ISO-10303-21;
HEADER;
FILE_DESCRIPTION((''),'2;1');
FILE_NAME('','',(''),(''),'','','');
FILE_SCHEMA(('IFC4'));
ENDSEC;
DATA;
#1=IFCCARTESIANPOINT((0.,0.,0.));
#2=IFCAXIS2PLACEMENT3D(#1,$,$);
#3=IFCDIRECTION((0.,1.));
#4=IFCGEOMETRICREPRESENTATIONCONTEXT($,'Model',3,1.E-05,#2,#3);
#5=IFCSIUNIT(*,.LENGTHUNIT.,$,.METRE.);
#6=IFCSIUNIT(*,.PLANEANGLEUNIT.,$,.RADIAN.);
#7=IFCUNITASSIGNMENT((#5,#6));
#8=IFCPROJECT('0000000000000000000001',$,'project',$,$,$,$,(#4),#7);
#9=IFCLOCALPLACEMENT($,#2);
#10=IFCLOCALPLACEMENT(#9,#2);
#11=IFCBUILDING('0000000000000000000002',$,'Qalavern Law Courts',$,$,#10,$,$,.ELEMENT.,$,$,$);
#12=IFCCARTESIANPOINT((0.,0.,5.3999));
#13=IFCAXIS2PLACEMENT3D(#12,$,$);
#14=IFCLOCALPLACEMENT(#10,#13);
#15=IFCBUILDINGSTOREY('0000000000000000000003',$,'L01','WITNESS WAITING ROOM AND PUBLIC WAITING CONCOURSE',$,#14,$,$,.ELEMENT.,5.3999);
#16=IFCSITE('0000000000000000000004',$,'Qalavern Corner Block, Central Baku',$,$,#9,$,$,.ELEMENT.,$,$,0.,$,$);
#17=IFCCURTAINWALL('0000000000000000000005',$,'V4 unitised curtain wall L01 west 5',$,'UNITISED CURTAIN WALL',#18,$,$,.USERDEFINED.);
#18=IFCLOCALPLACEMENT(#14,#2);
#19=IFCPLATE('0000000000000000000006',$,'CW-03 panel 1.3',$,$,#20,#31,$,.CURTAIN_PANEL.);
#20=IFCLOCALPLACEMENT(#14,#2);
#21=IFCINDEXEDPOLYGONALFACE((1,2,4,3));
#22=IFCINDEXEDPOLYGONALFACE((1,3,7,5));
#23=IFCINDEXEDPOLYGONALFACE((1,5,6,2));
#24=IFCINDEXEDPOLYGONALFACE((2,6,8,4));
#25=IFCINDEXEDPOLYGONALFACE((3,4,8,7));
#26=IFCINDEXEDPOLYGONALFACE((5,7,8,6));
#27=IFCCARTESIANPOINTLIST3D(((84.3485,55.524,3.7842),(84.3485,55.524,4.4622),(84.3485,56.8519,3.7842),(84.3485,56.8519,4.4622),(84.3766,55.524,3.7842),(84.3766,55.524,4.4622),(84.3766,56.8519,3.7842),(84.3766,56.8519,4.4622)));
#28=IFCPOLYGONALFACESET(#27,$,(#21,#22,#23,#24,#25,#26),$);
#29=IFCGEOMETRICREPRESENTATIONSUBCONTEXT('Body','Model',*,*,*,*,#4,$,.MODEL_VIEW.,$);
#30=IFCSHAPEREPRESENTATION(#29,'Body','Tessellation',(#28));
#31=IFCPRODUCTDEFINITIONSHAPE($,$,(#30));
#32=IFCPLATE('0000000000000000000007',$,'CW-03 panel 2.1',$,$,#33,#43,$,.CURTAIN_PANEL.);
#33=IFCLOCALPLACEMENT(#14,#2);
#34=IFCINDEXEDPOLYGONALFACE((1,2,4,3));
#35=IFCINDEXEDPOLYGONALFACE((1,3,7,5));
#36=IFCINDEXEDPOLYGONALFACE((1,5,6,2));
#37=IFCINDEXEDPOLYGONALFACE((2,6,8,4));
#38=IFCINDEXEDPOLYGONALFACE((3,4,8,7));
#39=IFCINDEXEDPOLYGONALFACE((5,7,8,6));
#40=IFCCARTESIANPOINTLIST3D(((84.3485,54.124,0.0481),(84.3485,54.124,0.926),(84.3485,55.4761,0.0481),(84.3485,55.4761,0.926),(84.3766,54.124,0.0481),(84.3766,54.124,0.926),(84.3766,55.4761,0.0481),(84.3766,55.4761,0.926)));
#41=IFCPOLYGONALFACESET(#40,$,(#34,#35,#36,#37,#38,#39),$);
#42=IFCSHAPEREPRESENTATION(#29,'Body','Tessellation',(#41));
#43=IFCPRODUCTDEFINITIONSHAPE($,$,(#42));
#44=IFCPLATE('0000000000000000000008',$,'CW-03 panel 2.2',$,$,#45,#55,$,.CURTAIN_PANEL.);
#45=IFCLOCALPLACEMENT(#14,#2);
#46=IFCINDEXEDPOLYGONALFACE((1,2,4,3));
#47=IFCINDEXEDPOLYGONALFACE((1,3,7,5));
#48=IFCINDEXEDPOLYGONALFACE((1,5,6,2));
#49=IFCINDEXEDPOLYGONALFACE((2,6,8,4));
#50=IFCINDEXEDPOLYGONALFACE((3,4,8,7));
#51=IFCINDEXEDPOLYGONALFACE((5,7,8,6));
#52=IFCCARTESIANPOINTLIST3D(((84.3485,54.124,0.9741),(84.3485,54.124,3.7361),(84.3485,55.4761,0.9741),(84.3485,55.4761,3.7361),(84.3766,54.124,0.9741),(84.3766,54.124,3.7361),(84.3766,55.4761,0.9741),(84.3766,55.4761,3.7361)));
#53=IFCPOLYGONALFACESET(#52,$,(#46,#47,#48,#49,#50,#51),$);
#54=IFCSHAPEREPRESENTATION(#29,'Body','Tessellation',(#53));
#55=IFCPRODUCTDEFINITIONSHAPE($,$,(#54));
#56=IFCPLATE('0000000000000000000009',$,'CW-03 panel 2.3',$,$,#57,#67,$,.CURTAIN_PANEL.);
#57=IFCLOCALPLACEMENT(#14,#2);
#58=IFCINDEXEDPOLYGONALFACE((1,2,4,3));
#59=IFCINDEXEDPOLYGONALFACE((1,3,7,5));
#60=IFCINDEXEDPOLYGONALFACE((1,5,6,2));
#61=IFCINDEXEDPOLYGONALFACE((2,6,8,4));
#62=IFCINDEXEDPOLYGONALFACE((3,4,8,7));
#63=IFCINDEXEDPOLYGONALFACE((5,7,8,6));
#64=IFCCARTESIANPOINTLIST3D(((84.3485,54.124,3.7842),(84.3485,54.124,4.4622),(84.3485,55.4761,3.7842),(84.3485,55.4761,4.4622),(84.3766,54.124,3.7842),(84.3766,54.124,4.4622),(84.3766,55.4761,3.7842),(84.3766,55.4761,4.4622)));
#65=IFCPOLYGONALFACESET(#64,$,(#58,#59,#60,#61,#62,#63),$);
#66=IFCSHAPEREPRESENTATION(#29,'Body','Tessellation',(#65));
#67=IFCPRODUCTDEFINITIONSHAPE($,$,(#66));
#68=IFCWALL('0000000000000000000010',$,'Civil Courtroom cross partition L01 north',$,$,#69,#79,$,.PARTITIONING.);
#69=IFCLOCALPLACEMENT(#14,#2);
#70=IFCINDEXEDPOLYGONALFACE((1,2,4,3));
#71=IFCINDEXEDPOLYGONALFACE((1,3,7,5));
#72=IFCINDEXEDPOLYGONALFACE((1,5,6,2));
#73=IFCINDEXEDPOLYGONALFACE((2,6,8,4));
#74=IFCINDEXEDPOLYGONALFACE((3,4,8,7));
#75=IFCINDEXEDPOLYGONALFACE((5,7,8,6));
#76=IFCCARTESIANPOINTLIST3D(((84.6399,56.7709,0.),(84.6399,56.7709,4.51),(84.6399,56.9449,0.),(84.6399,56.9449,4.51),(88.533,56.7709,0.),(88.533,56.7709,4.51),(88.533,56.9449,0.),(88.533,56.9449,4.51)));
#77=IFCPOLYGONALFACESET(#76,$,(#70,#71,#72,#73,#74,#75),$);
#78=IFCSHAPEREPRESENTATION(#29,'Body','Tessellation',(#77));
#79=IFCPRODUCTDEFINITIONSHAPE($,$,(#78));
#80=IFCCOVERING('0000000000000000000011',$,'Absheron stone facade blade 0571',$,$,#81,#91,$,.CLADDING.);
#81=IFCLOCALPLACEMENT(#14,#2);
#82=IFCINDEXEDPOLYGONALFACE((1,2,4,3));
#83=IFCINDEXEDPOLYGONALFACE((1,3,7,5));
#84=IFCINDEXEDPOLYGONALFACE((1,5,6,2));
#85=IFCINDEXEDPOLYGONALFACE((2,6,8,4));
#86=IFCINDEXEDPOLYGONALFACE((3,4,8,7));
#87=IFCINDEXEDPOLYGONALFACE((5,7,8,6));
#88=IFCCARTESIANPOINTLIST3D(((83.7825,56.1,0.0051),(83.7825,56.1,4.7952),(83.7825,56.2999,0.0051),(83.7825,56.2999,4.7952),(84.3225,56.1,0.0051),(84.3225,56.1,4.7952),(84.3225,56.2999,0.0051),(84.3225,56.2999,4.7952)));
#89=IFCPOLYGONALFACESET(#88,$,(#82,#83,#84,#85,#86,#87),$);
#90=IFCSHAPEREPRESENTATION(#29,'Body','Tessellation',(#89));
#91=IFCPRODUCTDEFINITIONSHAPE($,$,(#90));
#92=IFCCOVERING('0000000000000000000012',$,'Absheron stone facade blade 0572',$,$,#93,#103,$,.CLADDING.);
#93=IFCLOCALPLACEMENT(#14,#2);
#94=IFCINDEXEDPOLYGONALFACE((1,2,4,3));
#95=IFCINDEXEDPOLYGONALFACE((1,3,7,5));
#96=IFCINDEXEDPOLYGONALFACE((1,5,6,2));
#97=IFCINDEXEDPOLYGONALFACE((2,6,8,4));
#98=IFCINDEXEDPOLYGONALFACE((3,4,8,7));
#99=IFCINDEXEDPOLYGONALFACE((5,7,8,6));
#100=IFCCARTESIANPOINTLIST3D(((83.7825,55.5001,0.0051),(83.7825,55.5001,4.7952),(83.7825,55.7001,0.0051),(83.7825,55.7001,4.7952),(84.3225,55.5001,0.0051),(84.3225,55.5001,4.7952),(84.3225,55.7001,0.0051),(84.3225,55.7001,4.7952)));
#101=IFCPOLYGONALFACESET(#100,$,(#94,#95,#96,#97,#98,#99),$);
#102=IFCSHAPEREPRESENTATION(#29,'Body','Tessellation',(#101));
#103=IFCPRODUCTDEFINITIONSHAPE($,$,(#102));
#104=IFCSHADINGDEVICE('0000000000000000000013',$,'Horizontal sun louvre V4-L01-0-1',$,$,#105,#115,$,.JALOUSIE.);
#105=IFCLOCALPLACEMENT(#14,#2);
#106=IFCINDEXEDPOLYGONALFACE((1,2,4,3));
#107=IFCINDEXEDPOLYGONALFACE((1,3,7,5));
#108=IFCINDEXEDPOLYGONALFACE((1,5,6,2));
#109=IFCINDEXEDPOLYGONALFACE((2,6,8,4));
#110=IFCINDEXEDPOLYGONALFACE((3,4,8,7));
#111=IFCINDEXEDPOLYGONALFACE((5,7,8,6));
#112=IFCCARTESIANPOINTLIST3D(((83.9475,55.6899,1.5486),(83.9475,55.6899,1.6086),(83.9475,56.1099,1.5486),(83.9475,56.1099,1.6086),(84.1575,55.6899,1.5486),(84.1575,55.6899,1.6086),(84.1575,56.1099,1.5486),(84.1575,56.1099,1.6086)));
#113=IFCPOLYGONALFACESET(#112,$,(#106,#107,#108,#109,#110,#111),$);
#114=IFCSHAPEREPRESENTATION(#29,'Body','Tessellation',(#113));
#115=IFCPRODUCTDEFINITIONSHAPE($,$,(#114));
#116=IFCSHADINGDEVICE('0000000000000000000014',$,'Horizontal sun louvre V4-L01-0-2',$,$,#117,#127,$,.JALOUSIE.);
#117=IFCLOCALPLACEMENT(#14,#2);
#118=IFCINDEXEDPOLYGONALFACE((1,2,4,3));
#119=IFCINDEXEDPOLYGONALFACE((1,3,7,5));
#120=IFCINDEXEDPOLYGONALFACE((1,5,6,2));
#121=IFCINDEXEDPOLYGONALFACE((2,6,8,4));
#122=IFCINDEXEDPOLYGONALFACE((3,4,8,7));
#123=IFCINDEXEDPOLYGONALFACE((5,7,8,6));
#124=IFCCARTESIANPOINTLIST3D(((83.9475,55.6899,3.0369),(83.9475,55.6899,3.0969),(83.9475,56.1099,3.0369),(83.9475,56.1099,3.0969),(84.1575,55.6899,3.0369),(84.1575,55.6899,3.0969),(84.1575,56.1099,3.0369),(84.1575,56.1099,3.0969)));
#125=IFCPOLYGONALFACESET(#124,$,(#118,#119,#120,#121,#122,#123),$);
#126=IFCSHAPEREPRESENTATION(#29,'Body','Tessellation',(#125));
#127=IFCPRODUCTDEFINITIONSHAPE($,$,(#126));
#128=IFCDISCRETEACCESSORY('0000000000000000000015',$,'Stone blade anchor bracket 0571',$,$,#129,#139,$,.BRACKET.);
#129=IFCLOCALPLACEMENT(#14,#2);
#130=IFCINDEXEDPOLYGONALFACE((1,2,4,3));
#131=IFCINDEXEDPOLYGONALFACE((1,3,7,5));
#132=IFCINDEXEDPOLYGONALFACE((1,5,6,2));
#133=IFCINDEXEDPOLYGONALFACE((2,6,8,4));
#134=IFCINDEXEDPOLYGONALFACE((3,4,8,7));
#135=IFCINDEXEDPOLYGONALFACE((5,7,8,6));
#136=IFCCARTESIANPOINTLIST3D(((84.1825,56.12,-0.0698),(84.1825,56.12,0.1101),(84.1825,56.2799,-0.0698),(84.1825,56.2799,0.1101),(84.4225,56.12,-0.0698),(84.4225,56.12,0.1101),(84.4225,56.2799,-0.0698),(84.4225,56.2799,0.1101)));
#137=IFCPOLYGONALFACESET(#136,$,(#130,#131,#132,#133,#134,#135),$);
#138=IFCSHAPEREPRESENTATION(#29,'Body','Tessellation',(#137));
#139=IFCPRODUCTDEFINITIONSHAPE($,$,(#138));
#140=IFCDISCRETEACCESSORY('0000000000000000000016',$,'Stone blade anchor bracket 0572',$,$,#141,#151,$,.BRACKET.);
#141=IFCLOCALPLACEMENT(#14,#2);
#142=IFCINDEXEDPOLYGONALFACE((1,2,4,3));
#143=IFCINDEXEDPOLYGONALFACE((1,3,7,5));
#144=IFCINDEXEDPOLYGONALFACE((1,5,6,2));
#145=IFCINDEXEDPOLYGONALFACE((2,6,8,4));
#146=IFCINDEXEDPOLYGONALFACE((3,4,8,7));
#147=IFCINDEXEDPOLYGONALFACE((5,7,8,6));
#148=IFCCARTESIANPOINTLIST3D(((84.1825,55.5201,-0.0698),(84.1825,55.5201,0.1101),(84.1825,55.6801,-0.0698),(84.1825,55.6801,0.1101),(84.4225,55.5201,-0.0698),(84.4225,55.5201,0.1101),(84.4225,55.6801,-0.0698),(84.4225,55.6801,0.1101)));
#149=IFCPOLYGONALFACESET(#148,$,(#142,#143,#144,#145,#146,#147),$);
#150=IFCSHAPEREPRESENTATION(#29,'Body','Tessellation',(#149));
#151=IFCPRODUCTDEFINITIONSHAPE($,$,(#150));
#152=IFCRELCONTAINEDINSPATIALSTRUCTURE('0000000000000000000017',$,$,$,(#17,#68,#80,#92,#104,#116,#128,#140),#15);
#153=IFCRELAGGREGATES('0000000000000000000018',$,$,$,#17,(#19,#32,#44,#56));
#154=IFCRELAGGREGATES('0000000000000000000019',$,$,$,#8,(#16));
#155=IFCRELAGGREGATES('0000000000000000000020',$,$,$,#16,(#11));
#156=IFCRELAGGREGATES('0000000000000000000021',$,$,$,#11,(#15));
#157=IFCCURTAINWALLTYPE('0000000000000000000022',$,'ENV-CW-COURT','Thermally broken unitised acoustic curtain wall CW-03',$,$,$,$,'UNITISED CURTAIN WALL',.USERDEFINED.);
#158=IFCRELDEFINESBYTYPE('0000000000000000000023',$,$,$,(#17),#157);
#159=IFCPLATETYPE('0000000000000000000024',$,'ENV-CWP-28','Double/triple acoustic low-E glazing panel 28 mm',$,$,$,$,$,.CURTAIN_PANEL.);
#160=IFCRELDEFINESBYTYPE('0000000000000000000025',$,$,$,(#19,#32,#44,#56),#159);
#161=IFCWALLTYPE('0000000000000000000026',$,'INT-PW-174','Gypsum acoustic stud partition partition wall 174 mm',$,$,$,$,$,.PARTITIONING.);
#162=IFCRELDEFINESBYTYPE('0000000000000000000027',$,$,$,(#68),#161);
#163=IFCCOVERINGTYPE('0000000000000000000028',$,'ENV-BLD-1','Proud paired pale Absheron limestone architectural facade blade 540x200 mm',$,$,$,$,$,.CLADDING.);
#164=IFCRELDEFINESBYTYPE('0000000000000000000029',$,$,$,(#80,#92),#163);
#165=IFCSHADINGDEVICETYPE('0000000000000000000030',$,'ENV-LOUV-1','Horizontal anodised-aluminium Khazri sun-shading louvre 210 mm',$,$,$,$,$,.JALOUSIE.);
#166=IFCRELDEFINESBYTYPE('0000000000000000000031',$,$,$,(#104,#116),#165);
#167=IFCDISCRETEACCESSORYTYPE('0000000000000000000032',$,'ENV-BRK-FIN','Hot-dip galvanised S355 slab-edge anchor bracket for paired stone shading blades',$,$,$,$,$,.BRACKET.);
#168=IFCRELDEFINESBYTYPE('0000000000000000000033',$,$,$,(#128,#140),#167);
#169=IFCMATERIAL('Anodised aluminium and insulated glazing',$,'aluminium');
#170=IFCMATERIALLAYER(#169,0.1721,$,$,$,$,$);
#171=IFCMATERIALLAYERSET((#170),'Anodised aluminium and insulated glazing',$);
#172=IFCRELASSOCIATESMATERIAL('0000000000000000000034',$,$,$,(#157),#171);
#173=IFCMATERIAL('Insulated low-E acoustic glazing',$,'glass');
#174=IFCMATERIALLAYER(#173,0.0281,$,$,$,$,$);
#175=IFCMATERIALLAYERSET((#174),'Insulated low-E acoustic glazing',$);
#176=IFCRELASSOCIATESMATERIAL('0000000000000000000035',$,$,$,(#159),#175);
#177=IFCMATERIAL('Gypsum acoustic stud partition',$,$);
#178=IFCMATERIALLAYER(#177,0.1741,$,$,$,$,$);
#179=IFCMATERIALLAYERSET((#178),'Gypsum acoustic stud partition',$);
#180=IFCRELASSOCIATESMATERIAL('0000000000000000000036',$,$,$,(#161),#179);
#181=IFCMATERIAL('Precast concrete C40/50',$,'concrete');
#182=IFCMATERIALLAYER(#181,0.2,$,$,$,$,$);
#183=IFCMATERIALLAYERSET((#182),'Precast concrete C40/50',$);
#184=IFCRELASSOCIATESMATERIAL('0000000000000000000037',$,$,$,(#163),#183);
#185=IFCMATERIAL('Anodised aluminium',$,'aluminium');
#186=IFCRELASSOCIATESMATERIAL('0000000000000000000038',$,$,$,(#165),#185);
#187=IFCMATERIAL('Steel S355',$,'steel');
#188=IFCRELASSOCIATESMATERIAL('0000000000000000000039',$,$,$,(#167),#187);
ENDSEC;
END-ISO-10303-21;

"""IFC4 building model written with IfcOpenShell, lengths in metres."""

from ifc_helpers import new_model, si_unit, direction, frame, frame_2d, origin, origin_2d, place, context, subcontext, project, spatial, rectangle, extrude, material, layer, layer_set, type_object, element, aggregate, save


model = new_model("IFC4")

# Units and contexts
model_context = context("Model", 3, precision=1e-05, world=origin(), true_north=direction((0.0, 1.0)))
body_context = subcontext(model_context, "Body", "Model", "MODEL_VIEW")
ifc_project = project(units=[si_unit("LENGTHUNIT", "METRE"), si_unit("PLANEANGLEUNIT", "RADIAN")], contexts=[model_context])

# Site, building, storey
site_placement = place(None, origin())
site = spatial("IfcSite", under=ifc_project, at=site_placement, Name="Qalavern Corner Block, Central Baku", CompositionType="ELEMENT", RefElevation=0.0)
building_placement = place(site_placement, origin())
building = spatial("IfcBuilding", under=site, at=building_placement, Name="Qalavern Law Courts", CompositionType="ELEMENT")
storey_placement = place(building_placement, frame((0.0, 0.0, 5.3999)))
storey = spatial("IfcBuildingStorey", under=building, at=storey_placement, Name="L01", Description="WITNESS WAITING ROOM AND PUBLIC WAITING CONCOURSE", CompositionType="ELEMENT", Elevation=5.3999)

# Curtain wall, plates
ifc_material_1 = material(Name="Anodised aluminium and insulated glazing", Category="aluminium")
ifc_layer_1 = layer(ifc_material_1, 0.1721)
ifc_layer_set_1 = layer_set([ifc_layer_1], Name="Anodised aluminium and insulated glazing")
curtain_wall_type = type_object("IfcCurtainWallType", Name="ENV-CW-COURT", Description="Thermally broken unitised acoustic curtain wall CW-03", ElementType="UNITISED CURTAIN WALL", PredefinedType="USERDEFINED", material=ifc_layer_set_1)
curtain_wall_placement = place(storey_placement, origin())
curtain_wall = element("IfcCurtainWall", 1, at=curtain_wall_placement, inside=storey, type_object=curtain_wall_type, Name="V4 unitised curtain wall L01 west 5", ObjectType="UNITISED CURTAIN WALL", PredefinedType="USERDEFINED")
ifc_material_2 = material(Name="Anodised aluminium", Category="aluminium")
ifc_material_3 = material(Name="Insulated low-E acoustic glazing", Category="glass")
ifc_layer_2 = layer(ifc_material_3, 0.0281)
ifc_layer_set_2 = layer_set([ifc_layer_2], Name="Insulated low-E acoustic glazing")
plate_type = type_object("IfcPlateType", Name="ENV-CWP-28", Description="Double/triple acoustic low-E glazing panel 28 mm", PredefinedType="CURTAIN_PANEL", material=ifc_layer_set_2)
plate_1_placement = place(storey_placement, frame((84.3625, 56.188, 3.7842), z_axis=(0.0, 0.0, 1.0), x_axis=(0.0, -1.0, 0.0)))
plate_1 = element("IfcPlate", 2, at=plate_1_placement, type_object=plate_type, Name="CW-03 panel 1.3", PredefinedType="CURTAIN_PANEL", context=body_context, shape_type="SweptSolid", body=[
    extrude(rectangle(XDim=1.3279, YDim=0.0281, at=origin_2d()), origin(), (0.0, 0.0, 1.0), 0.678),
])
plate_2_placement = place(storey_placement, frame((84.3625, 54.8, 0.0481), z_axis=(0.0, 0.0, 1.0), x_axis=(0.0, -1.0, 0.0)))
plate_2 = element("IfcPlate", 3, at=plate_2_placement, type_object=plate_type, Name="CW-03 panel 2.1", PredefinedType="CURTAIN_PANEL", context=body_context, shape_type="SweptSolid", body=[
    extrude(rectangle(XDim=1.3521, YDim=0.0281, at=origin_2d()), origin(), (0.0, 0.0, 1.0), 0.8779),
])
plate_3_placement = place(storey_placement, frame((84.3625, 54.8, 0.9741), z_axis=(0.0, 0.0, 1.0), x_axis=(0.0, -1.0, 0.0)))
plate_3 = element("IfcPlate", 4, at=plate_3_placement, type_object=plate_type, Name="CW-03 panel 2.2", PredefinedType="CURTAIN_PANEL", context=body_context, shape_type="SweptSolid", body=[
    extrude(rectangle(XDim=1.3521, YDim=0.0281, at=origin_2d()), origin(), (0.0, 0.0, 1.0), 2.762),
])
plate_4_placement = place(storey_placement, frame((84.3625, 54.8, 3.7842), z_axis=(0.0, 0.0, 1.0), x_axis=(0.0, -1.0, 0.0)))
plate_4 = element("IfcPlate", 5, at=plate_4_placement, type_object=plate_type, Name="CW-03 panel 2.3", PredefinedType="CURTAIN_PANEL", context=body_context, shape_type="SweptSolid", body=[
    extrude(rectangle(XDim=1.3521, YDim=0.0281, at=origin_2d()), origin(), (0.0, 0.0, 1.0), 0.678),
])
aggregate(curtain_wall, [plate_1, plate_2, plate_3, plate_4])

# Wall
ifc_material_4 = material(Name="Gypsum acoustic stud partition")
ifc_layer_3 = layer(ifc_material_4, 0.1741)
ifc_layer_set_3 = layer_set([ifc_layer_3], Name="Gypsum acoustic stud partition")
wall_type = type_object("IfcWallType", Name="INT-PW-174", Description="Gypsum acoustic stud partition partition wall 174 mm", PredefinedType="PARTITIONING", material=ifc_layer_set_3)
wall_placement = place(storey_placement, frame((84.6399, 56.8579, 0.0), z_axis=(0.0, 0.0, 1.0), x_axis=(1.0, 0.0, 0.0)))
element("IfcWall", 6, at=wall_placement, inside=storey, type_object=wall_type, Name="Civil Courtroom cross partition L01 north", PredefinedType="PARTITIONING", context=body_context, shape_type="SweptSolid", body=[
    extrude(rectangle(XDim=3.8931, YDim=0.1741, at=frame_2d((1.9465, 0.0))), origin(), (0.0, 0.0, 1.0), 4.51),
])

# Coverings
ifc_material_5 = material(Name="Precast concrete C40/50", Category="concrete")
ifc_layer_4 = layer(ifc_material_5, 0.2)
ifc_layer_set_4 = layer_set([ifc_layer_4], Name="Precast concrete C40/50")
covering_type = type_object("IfcCoveringType", Name="ENV-BLD-1", Description="Proud paired pale Absheron limestone architectural facade blade 540x200 mm", PredefinedType="CLADDING", material=ifc_layer_set_4)
for number, where, z_axis, x_axis, name in (
    (7, (84.0525, 56.2, 0.0051), (0.0, 0.0, 1.0), (-1.0, 0.0, 0.0), "Absheron stone facade blade 0571"),
    (8, (84.0525, 55.6001, 0.0051), (0.0, 0.0, 1.0), (-1.0, 0.0, 0.0), "Absheron stone facade blade 0572"),
):
    element("IfcCovering", number, at=place(storey_placement, frame(where, z_axis=z_axis, x_axis=x_axis)), inside=storey, type_object=covering_type, Name=name, PredefinedType="CLADDING", context=body_context, shape_type="SweptSolid", body=[
        extrude(rectangle(XDim=0.54, YDim=0.2, at=origin_2d()), origin(), (0.0, 0.0, 1.0), 4.79),
    ])

# Shading devices
shading_device_type = type_object("IfcShadingDeviceType", Name="ENV-LOUV-1", Description="Horizontal anodised-aluminium Khazri sun-shading louvre 210 mm", PredefinedType="JALOUSIE", material=ifc_material_2)
for number, where, z_axis, x_axis, name in (
    (9, (84.0525, 55.8999, 1.5486), (0.0, 0.0, 1.0), (0.0, -1.0, 0.0), "Horizontal sun louvre V4-L01-0-1"),
    (10, (84.0525, 55.8999, 3.0369), (0.0, 0.0, 1.0), (0.0, -1.0, 0.0), "Horizontal sun louvre V4-L01-0-2"),
):
    element("IfcShadingDevice", number, at=place(storey_placement, frame(where, z_axis=z_axis, x_axis=x_axis)), inside=storey, type_object=shading_device_type, Name=name, PredefinedType="JALOUSIE", context=body_context, shape_type="SweptSolid", body=[
        extrude(rectangle(XDim=0.4199, YDim=0.21, at=origin_2d()), origin(), (0.0, 0.0, 1.0), 0.0601),
    ])

# Discrete accessories
ifc_material_6 = material(Name="Steel S355", Category="steel")
discrete_accessory_type = type_object("IfcDiscreteAccessoryType", Name="ENV-BRK-FIN", Description="Hot-dip galvanised S355 slab-edge anchor bracket for paired stone shading blades", PredefinedType="BRACKET", material=ifc_material_6)
for number, where, z_axis, x_axis, name in (
    (11, (84.3025, 56.2, -0.0698), (0.0, 0.0, 1.0), (-1.0, 0.0, 0.0), "Stone blade anchor bracket 0571"),
    (12, (84.3025, 55.6001, -0.0698), (0.0, 0.0, 1.0), (-1.0, 0.0, 0.0), "Stone blade anchor bracket 0572"),
):
    element("IfcDiscreteAccessory", number, at=place(storey_placement, frame(where, z_axis=z_axis, x_axis=x_axis)), inside=storey, type_object=discrete_accessory_type, Name=name, PredefinedType="BRACKET", context=body_context, shape_type="SweptSolid", body=[
        extrude(rectangle(XDim=0.24, YDim=0.1599, at=origin_2d()), origin(), (0.0, 0.0, 1.0), 0.1799),
    ])

save(model, "model.ifc")
